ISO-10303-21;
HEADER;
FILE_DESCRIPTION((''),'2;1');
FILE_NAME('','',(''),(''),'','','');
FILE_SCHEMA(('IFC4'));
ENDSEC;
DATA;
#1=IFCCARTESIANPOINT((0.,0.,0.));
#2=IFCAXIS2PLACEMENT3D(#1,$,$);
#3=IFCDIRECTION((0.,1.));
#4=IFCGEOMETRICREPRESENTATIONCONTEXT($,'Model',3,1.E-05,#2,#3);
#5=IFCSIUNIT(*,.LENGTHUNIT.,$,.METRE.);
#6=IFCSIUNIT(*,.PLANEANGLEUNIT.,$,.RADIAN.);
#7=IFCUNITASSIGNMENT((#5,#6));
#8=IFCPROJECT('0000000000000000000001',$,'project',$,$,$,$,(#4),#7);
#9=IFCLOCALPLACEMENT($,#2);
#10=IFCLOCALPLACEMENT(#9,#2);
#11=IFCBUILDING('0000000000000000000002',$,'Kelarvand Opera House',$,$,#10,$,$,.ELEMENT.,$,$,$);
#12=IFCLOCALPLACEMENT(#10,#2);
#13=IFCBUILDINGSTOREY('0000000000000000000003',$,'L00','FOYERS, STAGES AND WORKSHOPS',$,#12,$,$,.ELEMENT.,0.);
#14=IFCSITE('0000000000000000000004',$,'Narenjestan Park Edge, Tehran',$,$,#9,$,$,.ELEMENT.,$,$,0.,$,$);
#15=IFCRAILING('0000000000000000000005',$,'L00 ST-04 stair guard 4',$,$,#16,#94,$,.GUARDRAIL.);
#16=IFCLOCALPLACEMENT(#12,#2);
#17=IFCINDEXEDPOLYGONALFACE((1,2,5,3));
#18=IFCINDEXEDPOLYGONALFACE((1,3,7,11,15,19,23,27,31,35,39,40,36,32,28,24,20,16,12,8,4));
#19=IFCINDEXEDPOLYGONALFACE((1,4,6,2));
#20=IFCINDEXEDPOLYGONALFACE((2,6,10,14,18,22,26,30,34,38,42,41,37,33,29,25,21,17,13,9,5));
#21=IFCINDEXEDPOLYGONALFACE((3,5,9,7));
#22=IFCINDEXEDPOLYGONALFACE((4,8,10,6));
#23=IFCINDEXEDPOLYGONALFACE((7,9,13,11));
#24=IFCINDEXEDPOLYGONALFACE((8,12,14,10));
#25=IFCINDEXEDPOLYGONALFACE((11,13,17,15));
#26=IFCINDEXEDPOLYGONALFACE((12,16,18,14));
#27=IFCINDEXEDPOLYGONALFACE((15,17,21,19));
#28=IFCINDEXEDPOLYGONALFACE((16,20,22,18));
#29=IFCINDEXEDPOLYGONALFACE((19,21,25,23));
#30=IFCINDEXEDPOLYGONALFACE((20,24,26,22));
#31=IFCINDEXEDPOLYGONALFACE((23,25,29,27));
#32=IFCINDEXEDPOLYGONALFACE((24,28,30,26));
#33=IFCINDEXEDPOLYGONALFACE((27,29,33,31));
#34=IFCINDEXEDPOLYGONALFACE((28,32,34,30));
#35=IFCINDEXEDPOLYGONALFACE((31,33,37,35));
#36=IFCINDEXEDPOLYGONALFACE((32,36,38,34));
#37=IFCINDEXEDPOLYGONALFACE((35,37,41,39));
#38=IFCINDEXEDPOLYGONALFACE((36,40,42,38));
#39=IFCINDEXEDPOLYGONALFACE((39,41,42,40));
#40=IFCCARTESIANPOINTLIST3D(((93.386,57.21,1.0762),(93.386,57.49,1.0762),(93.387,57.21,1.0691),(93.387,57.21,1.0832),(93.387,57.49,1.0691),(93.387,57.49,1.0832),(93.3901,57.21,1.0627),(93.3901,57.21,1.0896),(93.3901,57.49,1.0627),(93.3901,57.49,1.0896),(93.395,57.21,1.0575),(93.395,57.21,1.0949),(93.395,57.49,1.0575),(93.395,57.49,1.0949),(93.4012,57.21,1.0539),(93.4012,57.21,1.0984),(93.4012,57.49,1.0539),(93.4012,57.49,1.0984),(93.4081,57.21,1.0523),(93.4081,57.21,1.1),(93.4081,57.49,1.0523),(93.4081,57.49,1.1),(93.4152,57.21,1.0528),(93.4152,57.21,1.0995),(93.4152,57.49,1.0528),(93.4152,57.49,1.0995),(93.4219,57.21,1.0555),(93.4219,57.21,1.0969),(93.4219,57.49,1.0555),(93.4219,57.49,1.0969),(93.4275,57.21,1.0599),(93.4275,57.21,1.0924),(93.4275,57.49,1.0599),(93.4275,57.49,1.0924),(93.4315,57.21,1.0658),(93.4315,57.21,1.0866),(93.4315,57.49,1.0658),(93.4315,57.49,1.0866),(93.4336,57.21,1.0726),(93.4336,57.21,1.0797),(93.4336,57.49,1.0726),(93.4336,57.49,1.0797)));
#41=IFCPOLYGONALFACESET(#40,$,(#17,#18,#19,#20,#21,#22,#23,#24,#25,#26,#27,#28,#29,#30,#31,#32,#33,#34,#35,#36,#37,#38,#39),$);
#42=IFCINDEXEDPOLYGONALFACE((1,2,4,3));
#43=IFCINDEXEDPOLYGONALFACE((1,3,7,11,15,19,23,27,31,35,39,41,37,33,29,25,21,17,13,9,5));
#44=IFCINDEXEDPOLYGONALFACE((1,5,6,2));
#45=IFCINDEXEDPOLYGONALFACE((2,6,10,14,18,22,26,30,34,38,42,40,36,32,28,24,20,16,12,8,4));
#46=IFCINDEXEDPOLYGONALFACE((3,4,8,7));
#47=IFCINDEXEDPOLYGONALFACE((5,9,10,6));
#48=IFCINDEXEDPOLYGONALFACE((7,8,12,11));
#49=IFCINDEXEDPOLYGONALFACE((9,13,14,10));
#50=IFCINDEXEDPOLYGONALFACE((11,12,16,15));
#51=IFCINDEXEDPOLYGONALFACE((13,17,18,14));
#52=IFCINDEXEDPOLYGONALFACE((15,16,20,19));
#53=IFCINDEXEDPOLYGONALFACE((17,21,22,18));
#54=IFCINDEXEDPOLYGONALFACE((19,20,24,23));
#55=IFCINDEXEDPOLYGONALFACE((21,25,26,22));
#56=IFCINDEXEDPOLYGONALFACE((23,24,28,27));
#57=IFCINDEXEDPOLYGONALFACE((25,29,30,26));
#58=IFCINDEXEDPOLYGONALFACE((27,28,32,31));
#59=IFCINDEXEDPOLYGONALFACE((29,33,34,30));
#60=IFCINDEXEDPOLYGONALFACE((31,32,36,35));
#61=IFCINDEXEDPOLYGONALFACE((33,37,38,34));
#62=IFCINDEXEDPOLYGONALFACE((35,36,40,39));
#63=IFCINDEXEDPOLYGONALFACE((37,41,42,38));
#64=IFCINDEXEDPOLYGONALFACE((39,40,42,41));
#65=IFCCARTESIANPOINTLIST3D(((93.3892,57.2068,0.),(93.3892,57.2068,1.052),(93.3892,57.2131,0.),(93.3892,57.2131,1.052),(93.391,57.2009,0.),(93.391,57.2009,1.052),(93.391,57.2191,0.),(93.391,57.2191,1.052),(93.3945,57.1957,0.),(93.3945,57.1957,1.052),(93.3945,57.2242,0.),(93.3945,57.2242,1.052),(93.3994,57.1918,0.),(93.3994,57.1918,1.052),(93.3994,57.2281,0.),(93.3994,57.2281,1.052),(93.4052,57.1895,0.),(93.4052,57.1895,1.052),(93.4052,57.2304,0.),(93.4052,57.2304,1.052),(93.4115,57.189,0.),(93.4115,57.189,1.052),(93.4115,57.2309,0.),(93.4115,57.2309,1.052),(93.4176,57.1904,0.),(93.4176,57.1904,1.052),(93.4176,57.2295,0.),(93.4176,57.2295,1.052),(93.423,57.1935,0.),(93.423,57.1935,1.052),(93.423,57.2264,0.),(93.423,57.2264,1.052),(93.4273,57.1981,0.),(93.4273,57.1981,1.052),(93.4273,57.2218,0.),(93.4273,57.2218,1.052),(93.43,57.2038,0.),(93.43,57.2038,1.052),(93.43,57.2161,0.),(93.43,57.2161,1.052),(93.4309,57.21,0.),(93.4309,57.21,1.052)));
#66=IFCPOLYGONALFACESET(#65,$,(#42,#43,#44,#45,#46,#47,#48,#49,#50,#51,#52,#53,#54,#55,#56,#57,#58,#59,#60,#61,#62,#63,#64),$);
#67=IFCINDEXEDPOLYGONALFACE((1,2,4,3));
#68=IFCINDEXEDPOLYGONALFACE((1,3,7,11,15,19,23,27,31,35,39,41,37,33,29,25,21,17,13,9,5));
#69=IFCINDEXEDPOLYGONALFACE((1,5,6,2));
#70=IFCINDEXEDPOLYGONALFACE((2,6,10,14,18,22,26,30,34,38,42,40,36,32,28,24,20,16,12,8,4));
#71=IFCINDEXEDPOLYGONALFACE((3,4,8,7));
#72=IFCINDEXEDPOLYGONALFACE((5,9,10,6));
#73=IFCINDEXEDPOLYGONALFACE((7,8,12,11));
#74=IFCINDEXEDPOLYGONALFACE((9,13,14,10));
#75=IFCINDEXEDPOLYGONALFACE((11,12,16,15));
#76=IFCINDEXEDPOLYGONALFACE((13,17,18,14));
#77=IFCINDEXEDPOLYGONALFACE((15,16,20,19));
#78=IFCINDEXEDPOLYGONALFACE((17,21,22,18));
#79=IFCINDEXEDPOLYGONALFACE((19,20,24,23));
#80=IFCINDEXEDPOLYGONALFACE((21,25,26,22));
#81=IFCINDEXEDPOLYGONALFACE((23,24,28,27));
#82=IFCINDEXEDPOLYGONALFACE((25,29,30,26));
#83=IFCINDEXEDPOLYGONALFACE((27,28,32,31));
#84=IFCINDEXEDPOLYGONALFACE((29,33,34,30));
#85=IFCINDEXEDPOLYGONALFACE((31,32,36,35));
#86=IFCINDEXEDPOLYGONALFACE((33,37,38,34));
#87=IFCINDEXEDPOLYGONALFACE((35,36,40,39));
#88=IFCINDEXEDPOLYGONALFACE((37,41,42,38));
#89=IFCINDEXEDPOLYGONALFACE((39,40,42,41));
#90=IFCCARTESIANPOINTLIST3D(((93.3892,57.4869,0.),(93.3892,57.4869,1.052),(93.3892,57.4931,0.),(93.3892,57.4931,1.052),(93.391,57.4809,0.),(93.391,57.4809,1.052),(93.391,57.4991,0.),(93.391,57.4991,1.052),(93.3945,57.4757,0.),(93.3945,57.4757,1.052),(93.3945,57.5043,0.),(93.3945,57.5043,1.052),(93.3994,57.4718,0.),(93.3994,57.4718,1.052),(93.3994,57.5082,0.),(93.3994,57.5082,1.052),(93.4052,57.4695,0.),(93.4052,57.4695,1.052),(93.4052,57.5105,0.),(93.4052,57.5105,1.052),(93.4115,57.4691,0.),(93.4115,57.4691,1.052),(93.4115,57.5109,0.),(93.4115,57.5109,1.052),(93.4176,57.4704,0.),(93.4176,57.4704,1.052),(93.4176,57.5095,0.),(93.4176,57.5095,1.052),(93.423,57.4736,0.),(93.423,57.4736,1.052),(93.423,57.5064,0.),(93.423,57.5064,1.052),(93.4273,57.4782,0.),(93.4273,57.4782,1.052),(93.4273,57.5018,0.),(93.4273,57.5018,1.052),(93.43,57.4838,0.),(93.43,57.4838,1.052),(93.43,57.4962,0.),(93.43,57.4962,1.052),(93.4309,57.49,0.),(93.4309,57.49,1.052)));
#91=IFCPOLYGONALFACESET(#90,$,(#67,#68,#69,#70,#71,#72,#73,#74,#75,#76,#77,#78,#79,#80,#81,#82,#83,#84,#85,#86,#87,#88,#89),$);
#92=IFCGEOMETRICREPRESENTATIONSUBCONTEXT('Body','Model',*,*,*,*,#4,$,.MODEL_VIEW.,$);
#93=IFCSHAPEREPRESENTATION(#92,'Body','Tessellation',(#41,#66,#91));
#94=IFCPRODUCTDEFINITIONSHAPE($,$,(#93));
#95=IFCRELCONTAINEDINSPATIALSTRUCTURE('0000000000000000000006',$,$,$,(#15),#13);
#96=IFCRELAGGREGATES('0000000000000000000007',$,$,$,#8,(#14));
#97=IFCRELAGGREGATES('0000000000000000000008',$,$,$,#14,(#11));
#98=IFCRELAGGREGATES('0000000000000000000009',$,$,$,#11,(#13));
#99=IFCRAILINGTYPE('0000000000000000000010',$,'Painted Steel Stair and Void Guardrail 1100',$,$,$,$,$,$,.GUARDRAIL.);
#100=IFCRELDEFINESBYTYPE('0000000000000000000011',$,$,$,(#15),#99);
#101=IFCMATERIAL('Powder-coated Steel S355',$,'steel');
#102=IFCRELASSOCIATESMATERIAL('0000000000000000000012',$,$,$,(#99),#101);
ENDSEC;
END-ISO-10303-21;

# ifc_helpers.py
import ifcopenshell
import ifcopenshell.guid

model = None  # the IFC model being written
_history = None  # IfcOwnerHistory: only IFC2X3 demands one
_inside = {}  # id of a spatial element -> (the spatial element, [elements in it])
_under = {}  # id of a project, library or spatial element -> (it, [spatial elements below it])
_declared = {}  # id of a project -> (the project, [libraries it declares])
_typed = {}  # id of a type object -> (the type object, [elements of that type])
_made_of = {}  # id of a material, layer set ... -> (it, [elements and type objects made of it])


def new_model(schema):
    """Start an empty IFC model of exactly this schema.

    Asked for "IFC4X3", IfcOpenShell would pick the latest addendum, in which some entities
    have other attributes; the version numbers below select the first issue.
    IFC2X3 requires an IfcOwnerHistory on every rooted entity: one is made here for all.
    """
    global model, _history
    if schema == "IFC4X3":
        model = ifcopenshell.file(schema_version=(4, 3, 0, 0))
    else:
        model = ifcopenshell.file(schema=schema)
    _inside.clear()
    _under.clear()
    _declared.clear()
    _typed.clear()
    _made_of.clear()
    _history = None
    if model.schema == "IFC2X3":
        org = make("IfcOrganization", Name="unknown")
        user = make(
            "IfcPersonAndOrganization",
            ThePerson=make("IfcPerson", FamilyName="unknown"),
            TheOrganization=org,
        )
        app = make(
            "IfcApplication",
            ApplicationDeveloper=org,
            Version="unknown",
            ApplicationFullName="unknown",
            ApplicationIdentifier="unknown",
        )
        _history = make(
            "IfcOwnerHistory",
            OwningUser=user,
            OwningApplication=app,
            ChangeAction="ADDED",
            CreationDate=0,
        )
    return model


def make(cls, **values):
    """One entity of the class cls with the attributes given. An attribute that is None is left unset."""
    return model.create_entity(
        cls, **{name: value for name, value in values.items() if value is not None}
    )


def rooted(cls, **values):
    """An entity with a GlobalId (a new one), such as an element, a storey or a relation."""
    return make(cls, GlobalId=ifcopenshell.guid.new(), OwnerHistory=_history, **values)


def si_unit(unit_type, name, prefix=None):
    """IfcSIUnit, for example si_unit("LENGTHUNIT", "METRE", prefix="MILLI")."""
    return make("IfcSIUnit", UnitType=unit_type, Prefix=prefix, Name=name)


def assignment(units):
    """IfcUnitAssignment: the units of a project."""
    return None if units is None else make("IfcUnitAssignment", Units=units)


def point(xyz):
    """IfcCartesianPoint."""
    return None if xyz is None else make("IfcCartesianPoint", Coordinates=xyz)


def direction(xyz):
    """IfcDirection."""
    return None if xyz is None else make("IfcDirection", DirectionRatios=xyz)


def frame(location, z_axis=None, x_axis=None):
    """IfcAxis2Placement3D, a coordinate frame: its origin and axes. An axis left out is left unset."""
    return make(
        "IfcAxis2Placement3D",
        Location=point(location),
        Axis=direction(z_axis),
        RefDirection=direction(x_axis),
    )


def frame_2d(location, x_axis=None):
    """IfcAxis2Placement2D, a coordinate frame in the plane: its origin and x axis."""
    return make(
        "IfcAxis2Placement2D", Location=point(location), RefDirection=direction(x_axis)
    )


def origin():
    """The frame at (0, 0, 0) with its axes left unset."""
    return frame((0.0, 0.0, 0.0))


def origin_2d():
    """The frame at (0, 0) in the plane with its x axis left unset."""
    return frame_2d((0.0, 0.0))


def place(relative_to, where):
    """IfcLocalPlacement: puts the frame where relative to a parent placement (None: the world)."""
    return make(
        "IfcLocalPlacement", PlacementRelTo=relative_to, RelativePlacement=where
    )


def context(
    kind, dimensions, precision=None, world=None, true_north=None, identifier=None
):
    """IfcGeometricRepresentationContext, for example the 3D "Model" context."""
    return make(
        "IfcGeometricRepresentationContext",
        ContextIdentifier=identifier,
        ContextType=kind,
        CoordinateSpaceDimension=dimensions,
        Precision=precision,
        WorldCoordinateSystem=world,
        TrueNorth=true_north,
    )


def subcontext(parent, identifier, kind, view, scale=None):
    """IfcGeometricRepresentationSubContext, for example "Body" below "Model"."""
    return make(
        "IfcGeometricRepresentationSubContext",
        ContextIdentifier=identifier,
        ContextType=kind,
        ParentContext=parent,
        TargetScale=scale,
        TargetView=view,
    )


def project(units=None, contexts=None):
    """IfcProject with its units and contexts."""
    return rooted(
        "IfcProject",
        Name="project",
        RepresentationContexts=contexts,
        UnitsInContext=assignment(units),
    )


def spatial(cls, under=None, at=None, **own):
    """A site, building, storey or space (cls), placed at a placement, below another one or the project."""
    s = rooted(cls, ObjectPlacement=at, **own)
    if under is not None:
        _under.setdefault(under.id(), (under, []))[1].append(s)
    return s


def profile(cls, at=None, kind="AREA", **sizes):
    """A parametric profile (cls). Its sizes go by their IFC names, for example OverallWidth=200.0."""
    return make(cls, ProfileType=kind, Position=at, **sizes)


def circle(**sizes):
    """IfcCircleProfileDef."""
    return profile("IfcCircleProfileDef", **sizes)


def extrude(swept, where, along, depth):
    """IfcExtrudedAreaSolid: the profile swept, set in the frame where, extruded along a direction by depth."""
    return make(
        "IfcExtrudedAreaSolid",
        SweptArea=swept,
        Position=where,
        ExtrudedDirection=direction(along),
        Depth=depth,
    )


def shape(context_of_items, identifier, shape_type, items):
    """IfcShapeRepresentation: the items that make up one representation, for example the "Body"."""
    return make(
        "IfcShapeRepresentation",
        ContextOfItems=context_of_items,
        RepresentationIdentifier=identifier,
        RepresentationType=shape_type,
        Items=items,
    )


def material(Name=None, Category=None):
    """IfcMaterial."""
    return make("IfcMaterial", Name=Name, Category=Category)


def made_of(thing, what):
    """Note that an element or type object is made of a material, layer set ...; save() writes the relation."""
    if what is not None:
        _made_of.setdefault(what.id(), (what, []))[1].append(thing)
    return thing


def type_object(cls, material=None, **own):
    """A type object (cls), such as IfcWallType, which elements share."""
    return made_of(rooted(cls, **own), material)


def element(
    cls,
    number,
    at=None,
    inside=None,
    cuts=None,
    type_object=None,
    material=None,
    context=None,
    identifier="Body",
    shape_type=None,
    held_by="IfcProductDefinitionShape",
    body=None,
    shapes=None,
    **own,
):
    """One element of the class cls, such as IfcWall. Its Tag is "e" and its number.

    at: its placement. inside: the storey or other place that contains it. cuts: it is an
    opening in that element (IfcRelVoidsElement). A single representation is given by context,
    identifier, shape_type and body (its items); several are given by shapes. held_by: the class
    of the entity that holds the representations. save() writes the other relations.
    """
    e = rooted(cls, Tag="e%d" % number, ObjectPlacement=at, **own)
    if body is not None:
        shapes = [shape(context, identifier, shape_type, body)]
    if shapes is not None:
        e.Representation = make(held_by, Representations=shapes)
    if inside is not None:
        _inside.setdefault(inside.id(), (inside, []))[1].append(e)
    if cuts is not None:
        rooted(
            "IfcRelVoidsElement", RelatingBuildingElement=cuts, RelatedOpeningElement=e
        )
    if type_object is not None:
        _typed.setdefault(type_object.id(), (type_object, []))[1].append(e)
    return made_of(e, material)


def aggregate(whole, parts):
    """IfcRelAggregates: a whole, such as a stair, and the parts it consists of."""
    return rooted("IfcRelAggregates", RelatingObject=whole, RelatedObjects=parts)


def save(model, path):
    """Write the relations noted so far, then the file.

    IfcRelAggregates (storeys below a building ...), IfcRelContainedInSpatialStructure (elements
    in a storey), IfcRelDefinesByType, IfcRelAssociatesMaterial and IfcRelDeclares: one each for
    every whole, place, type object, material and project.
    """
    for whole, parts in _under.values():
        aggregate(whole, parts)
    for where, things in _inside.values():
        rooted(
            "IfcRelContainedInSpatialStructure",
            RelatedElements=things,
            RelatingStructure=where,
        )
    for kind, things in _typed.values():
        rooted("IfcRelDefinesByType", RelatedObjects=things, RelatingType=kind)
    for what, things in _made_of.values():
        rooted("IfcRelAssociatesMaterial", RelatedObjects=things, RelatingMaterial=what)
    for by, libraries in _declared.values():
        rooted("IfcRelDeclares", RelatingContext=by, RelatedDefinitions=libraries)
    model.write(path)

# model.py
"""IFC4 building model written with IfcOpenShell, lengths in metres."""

from ifc_helpers import new_model, si_unit, direction, frame, origin, origin_2d, place, context, subcontext, project, spatial, circle, extrude, material, type_object, element, save


model = new_model("IFC4")

# Units and contexts
model_context = context("Model", 3, precision=1e-05, world=origin(), true_north=direction((0.0, 1.0)))
body_context = subcontext(model_context, "Body", "Model", "MODEL_VIEW")
ifc_project = project(units=[si_unit("LENGTHUNIT", "METRE"), si_unit("PLANEANGLEUNIT", "RADIAN")], contexts=[model_context])

# Site, building, storey
site_placement = place(None, origin())
site = spatial("IfcSite", under=ifc_project, at=site_placement, Name="Narenjestan Park Edge, Tehran", CompositionType="ELEMENT", RefElevation=0.0)
building_placement = place(site_placement, origin())
building = spatial("IfcBuilding", under=site, at=building_placement, Name="Kelarvand Opera House", CompositionType="ELEMENT")
storey_placement = place(building_placement, origin())
storey = spatial("IfcBuildingStorey", under=building, at=storey_placement, Name="L00", Description="FOYERS, STAGES AND WORKSHOPS", CompositionType="ELEMENT", Elevation=0.0)

# Railing
ifc_material_1 = material(Name="Powder-coated Steel S355", Category="steel")
railing_type_1 = type_object("IfcRailingType", Name="Painted Steel Stair and Void Guardrail 1100", PredefinedType="GUARDRAIL", material=ifc_material_1)
railing_1_placement = place(storey_placement, frame((93.4099, 57.21, 0.0)))
element("IfcRailing", 1, at=railing_1_placement, inside=storey, type_object=railing_type_1, Name="L00 ST-04 stair guard 4", PredefinedType="GUARDRAIL", context=body_context, shape_type="SweptSolid", body=[
    extrude(circle(Radius=0.0239, at=origin_2d()), frame((0.0, 0.0, 1.0762), z_axis=(0.0, 1.0, 0.0), x_axis=(-1.0, 0.0, 0.0)), (0.0, 0.0, 1.0), 0.28),
    extrude(circle(Radius=0.021, at=origin_2d()), origin(), (0.0, 0.0, 1.0), 1.052),
    extrude(circle(Radius=0.021, at=origin_2d()), frame((0.0, 0.28, 0.0)), (0.0, 0.0, 1.0), 1.052),
])

save(model, "model.ifc")
